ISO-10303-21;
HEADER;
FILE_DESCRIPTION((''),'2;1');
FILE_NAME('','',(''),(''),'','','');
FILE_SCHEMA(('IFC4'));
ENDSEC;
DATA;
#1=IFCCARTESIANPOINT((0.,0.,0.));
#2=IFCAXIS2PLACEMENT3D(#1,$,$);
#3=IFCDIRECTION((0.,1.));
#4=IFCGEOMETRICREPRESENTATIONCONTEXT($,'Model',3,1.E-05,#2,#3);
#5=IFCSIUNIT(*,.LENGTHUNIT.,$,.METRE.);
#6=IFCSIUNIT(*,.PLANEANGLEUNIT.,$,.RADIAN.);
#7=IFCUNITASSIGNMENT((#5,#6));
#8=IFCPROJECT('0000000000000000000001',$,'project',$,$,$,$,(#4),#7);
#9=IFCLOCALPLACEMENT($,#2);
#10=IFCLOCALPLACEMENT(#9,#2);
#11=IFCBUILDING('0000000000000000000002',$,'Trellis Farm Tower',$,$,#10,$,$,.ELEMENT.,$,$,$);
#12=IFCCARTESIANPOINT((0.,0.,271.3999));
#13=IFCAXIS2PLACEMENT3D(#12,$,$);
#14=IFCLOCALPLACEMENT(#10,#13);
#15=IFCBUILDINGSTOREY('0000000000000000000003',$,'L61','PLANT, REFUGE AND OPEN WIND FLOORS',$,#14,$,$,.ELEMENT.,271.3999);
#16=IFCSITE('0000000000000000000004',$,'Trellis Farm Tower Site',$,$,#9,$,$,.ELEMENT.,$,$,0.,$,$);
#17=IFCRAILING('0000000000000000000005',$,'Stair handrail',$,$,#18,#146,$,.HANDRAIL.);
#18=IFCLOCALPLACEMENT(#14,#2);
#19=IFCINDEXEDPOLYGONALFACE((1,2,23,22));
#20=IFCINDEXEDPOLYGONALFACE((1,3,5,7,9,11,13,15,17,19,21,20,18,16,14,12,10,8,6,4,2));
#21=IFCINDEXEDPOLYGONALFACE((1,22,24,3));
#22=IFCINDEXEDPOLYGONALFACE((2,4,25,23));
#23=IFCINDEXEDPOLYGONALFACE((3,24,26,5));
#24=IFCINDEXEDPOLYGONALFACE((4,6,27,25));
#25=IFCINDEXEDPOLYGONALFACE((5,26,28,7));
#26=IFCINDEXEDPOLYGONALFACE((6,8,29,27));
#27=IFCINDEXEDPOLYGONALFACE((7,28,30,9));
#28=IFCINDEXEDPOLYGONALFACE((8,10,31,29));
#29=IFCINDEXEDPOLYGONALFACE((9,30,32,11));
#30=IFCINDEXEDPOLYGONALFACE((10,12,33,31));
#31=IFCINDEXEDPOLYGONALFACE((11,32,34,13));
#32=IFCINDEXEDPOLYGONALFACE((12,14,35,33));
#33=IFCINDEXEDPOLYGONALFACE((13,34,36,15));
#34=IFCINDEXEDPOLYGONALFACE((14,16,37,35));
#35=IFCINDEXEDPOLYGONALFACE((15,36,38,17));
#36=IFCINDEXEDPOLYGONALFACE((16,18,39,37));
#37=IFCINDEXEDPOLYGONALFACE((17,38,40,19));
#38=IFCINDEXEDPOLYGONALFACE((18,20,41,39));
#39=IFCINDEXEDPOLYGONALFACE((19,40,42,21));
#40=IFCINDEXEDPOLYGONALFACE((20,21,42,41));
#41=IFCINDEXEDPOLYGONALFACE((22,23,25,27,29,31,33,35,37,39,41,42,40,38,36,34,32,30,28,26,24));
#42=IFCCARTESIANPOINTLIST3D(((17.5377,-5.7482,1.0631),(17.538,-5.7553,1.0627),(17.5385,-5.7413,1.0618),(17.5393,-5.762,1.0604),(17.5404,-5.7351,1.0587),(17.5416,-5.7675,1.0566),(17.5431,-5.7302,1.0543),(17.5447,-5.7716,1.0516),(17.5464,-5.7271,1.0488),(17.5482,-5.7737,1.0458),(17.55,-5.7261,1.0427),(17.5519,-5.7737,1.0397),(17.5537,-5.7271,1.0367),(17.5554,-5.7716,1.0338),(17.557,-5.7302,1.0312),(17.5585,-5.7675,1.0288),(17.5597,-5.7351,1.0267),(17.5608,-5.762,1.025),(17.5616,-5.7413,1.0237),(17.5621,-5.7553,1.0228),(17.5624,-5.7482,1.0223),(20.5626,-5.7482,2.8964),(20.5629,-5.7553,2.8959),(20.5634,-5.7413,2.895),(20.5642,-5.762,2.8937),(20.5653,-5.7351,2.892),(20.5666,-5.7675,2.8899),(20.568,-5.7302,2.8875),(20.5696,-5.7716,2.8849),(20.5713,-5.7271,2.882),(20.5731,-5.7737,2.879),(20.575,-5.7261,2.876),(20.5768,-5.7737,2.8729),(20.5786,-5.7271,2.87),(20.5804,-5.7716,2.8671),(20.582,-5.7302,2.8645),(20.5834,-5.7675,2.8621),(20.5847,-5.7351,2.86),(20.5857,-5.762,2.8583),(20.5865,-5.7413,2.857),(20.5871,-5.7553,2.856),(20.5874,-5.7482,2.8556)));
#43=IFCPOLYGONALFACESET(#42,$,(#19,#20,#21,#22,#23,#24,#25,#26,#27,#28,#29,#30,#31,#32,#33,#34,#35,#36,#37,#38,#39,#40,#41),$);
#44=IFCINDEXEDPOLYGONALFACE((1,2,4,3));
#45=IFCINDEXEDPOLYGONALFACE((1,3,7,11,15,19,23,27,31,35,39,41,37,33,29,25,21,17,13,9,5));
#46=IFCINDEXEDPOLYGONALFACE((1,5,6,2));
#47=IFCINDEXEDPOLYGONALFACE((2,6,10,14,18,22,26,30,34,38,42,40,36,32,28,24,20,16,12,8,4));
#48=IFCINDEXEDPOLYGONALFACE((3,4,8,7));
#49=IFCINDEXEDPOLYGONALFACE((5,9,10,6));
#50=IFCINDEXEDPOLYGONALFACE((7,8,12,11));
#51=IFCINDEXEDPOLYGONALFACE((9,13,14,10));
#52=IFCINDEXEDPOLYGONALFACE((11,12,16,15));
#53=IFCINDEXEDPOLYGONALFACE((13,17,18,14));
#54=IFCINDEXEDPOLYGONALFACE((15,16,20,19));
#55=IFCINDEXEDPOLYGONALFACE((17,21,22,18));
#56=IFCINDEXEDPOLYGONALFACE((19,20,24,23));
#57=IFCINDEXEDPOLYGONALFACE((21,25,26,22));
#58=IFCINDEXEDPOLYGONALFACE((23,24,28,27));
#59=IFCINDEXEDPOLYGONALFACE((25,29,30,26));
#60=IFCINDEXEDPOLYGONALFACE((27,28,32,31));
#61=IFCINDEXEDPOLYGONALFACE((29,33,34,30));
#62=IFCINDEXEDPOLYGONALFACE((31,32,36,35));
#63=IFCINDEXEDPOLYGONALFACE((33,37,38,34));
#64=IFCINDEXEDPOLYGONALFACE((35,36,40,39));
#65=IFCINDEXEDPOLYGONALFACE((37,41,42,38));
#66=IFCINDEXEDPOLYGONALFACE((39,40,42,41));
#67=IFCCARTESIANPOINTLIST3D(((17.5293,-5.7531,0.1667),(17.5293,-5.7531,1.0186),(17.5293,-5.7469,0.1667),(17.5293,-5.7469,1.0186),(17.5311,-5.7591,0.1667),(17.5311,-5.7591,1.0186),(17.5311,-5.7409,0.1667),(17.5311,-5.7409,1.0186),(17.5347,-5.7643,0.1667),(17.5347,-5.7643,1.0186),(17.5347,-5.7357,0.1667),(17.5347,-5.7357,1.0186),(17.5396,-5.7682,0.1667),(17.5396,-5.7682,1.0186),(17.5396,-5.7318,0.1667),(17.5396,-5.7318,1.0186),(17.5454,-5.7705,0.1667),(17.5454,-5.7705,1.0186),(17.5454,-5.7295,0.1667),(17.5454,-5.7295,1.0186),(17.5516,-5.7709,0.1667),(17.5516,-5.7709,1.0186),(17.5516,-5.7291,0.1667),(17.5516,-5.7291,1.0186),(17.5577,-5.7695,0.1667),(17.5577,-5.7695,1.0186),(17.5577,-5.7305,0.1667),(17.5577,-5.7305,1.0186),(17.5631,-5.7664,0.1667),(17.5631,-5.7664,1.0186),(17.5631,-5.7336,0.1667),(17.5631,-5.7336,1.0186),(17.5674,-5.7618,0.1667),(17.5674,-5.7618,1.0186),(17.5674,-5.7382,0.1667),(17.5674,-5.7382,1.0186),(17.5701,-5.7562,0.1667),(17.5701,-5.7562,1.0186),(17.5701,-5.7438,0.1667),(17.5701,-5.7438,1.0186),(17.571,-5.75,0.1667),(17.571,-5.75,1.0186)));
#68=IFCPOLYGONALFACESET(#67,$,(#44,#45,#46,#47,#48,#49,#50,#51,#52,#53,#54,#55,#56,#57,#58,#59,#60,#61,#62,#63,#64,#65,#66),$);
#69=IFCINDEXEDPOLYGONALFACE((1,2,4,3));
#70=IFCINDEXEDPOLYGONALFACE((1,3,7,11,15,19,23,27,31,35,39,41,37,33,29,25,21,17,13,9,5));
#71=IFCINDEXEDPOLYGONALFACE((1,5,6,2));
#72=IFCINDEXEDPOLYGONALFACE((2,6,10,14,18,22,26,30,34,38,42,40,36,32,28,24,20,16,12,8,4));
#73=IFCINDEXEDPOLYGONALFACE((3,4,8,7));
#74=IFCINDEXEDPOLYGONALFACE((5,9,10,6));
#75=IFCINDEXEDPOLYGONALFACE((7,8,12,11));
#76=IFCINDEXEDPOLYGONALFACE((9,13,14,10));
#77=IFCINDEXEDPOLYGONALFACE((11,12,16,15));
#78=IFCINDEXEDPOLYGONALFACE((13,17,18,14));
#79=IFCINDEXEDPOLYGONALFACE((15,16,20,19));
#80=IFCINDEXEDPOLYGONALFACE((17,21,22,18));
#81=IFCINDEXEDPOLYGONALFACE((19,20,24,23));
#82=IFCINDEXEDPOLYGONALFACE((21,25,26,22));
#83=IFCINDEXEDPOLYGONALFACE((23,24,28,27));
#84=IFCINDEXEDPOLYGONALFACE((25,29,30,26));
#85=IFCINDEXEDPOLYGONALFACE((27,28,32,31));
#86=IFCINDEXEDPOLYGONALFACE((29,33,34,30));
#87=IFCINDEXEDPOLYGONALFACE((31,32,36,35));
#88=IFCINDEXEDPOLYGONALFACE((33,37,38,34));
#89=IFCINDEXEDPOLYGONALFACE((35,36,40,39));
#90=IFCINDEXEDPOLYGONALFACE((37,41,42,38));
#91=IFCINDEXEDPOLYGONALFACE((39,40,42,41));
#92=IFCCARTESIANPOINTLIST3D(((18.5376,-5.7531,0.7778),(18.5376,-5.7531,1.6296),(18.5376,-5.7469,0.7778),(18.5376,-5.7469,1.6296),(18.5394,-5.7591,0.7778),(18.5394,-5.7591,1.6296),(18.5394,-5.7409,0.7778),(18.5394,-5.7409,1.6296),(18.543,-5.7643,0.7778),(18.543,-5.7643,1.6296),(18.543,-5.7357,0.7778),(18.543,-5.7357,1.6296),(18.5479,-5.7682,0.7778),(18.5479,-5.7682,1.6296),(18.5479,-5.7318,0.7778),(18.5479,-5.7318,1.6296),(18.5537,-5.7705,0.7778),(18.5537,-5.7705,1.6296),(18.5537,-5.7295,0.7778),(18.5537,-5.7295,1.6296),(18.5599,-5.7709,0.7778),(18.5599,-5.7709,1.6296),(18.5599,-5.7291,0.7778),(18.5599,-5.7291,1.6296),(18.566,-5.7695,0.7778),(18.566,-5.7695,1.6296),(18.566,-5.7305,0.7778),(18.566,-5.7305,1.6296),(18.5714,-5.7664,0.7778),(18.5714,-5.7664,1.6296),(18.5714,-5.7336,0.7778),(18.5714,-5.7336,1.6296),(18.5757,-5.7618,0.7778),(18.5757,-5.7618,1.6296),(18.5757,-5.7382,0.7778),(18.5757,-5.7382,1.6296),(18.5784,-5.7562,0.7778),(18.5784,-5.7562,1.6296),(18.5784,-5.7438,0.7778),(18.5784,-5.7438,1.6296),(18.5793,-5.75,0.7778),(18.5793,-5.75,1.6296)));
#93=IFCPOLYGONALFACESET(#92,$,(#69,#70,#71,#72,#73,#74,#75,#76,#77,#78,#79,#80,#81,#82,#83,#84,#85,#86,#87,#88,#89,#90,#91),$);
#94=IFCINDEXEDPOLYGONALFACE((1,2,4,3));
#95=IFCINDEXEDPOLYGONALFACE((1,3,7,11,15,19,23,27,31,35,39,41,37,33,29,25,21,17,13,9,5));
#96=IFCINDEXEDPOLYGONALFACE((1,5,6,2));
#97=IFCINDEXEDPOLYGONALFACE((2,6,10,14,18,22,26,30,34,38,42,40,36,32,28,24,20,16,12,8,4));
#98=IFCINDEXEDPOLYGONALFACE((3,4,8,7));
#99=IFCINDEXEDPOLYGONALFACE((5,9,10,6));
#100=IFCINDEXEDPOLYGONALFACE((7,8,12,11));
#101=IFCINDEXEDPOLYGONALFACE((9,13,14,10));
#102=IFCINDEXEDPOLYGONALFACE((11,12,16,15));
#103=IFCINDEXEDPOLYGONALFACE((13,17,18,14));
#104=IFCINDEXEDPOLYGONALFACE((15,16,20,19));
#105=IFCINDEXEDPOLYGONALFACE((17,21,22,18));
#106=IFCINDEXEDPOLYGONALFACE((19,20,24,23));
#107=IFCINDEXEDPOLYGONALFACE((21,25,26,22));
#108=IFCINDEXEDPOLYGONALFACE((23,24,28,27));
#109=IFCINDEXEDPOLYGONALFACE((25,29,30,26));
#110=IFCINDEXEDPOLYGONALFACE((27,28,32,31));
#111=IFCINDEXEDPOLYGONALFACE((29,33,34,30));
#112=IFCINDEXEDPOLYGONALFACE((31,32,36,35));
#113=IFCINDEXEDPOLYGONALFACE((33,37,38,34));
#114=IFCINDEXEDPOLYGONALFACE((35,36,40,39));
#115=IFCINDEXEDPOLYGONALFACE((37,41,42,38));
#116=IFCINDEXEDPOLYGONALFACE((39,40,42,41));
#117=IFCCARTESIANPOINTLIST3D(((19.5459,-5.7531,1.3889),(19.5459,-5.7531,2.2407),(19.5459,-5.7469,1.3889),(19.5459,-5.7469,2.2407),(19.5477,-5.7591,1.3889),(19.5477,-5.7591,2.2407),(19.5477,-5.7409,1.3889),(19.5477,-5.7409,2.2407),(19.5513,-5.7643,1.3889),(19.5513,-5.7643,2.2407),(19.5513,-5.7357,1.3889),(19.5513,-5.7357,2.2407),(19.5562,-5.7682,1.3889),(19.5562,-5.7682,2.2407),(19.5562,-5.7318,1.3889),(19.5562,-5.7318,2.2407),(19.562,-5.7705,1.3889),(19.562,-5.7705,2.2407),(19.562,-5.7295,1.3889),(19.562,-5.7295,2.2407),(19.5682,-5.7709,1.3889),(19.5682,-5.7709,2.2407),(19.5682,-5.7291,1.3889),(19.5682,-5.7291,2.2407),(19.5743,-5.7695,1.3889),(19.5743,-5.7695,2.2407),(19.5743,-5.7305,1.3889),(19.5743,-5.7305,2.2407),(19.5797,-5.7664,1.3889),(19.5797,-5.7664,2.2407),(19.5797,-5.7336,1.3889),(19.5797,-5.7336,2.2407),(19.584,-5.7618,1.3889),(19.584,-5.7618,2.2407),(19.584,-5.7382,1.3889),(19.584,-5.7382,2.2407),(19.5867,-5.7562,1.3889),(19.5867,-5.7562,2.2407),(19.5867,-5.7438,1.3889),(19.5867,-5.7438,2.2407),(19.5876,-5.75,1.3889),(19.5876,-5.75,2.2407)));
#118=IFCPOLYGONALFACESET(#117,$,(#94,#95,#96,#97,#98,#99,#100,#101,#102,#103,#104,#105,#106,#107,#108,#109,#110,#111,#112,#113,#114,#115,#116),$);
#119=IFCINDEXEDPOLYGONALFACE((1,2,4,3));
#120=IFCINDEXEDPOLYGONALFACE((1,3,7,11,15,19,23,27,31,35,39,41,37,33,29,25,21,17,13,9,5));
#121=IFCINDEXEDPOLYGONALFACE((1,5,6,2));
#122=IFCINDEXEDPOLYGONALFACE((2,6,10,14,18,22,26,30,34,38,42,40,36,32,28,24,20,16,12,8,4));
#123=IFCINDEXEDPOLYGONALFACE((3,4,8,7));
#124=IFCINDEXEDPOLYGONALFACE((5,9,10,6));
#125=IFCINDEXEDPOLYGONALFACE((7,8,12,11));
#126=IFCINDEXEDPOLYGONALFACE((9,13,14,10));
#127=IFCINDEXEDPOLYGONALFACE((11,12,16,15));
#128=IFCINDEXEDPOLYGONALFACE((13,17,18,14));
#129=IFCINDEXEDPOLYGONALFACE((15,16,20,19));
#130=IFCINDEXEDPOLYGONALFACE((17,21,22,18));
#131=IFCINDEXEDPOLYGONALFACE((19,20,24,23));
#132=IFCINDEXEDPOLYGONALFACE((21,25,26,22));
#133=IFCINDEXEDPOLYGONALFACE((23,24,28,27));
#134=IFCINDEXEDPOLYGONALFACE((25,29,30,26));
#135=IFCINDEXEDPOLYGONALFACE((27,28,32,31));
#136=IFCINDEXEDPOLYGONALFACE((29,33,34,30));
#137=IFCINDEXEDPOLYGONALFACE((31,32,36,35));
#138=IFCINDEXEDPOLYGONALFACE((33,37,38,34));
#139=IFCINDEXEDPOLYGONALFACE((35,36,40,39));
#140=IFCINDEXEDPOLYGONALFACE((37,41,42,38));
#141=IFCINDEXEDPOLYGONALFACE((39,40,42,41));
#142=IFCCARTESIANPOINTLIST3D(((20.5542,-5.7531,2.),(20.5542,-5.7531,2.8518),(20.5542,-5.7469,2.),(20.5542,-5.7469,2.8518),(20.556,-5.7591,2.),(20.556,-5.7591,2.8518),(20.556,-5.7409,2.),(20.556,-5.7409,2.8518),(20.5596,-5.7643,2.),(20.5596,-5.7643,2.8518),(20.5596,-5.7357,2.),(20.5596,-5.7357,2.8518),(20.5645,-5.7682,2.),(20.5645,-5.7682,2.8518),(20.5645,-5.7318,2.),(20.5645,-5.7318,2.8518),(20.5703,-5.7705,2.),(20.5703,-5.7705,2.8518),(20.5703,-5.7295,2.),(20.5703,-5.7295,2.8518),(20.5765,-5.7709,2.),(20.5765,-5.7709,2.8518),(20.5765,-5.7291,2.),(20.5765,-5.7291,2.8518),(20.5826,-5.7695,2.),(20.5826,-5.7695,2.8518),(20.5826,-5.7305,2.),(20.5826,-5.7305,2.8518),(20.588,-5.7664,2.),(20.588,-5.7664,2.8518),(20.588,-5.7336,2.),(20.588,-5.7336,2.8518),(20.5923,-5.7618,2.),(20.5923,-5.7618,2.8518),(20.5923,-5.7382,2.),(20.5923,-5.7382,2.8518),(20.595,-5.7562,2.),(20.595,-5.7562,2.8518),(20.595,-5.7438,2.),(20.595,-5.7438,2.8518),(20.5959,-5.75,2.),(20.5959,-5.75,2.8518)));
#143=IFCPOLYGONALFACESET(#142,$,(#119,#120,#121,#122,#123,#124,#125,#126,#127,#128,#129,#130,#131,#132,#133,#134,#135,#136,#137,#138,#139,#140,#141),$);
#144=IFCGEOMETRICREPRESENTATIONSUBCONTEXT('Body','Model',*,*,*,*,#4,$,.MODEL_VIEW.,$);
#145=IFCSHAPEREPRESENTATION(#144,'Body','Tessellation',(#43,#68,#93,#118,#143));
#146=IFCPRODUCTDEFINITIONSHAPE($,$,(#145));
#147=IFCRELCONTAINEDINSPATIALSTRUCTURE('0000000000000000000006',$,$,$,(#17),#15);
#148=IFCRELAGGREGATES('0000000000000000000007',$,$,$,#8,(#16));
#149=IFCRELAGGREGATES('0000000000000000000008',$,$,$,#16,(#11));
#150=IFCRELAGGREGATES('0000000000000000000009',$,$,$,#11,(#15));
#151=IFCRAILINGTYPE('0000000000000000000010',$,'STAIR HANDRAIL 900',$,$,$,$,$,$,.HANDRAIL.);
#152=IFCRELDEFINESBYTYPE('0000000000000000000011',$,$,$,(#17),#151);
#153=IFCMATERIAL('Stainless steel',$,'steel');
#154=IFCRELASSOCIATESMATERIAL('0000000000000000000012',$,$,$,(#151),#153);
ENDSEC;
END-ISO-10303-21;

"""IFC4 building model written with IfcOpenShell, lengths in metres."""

from ifc_helpers import new_model, si_unit, direction, frame, origin, origin_2d, place, context, subcontext, project, spatial, circle, extrude, source, transform, mapped, material, type_object, element, save


model = new_model("IFC4")

# Units and contexts
model_context = context("Model", 3, precision=1e-05, world=origin(), true_north=direction((0.0, 1.0)))
body_context = subcontext(model_context, "Body", "Model", "MODEL_VIEW")
ifc_project = project(units=[si_unit("LENGTHUNIT", "METRE"), si_unit("PLANEANGLEUNIT", "RADIAN")], contexts=[model_context])

# Site, building, storey
site_placement = place(None, origin())
site = spatial("IfcSite", under=ifc_project, at=site_placement, Name="Trellis Farm Tower Site", CompositionType="ELEMENT", RefElevation=0.0)
building_placement = place(site_placement, origin())
building = spatial("IfcBuilding", under=site, at=building_placement, Name="Trellis Farm Tower", CompositionType="ELEMENT")
storey_placement = place(building_placement, frame((0.0, 0.0, 271.3999)))
storey = spatial("IfcBuildingStorey", under=building, at=storey_placement, Name="L61", Description="PLANT, REFUGE AND OPEN WIND FLOORS", CompositionType="ELEMENT", Elevation=271.3999)

# Railing
ifc_material_1 = material(Name="Stainless steel", Category="steel")
railing_type_1 = type_object("IfcRailingType", Name="STAIR HANDRAIL 900", PredefinedType="HANDRAIL", material=ifc_material_1)
shared_shape_1 = source(origin(), body_context, "Body", "SweptSolid", [
    extrude(circle(Radius=0.0239, at=origin_2d()), frame((0.0, 0.0, 0.876), z_axis=(0.855201, 0.0, 0.518297), x_axis=(0.0, 1.0, 0.0)), (0.0, 0.0, 1.0), 3.5371),
    extrude(circle(Radius=0.021, at=origin_2d()), origin(), (0.0, 0.0, 1.0), 0.8518),
    extrude(circle(Radius=0.021, at=origin_2d()), frame((1.0083, 0.0, 0.6111)), (0.0, 0.0, 1.0), 0.8518),
    extrude(circle(Radius=0.021, at=origin_2d()), frame((2.0166, 0.0, 1.2222)), (0.0, 0.0, 1.0), 0.8518),
    extrude(circle(Radius=0.021, at=origin_2d()), frame((3.0249, 0.0, 1.8333)), (0.0, 0.0, 1.0), 0.8518),
])
for number, where, name in (
    (1, (17.55, -5.75, 0.1667), "Stair handrail"),
):
    element("IfcRailing", number, at=place(storey_placement, frame(where)), inside=storey, type_object=railing_type_1, Name=name, PredefinedType="HANDRAIL", context=body_context, shape_type="MappedRepresentation", body=[
        mapped(shared_shape_1, transform((0.0, 0.0, 0.0))),
    ])

save(model, "model.ifc")
